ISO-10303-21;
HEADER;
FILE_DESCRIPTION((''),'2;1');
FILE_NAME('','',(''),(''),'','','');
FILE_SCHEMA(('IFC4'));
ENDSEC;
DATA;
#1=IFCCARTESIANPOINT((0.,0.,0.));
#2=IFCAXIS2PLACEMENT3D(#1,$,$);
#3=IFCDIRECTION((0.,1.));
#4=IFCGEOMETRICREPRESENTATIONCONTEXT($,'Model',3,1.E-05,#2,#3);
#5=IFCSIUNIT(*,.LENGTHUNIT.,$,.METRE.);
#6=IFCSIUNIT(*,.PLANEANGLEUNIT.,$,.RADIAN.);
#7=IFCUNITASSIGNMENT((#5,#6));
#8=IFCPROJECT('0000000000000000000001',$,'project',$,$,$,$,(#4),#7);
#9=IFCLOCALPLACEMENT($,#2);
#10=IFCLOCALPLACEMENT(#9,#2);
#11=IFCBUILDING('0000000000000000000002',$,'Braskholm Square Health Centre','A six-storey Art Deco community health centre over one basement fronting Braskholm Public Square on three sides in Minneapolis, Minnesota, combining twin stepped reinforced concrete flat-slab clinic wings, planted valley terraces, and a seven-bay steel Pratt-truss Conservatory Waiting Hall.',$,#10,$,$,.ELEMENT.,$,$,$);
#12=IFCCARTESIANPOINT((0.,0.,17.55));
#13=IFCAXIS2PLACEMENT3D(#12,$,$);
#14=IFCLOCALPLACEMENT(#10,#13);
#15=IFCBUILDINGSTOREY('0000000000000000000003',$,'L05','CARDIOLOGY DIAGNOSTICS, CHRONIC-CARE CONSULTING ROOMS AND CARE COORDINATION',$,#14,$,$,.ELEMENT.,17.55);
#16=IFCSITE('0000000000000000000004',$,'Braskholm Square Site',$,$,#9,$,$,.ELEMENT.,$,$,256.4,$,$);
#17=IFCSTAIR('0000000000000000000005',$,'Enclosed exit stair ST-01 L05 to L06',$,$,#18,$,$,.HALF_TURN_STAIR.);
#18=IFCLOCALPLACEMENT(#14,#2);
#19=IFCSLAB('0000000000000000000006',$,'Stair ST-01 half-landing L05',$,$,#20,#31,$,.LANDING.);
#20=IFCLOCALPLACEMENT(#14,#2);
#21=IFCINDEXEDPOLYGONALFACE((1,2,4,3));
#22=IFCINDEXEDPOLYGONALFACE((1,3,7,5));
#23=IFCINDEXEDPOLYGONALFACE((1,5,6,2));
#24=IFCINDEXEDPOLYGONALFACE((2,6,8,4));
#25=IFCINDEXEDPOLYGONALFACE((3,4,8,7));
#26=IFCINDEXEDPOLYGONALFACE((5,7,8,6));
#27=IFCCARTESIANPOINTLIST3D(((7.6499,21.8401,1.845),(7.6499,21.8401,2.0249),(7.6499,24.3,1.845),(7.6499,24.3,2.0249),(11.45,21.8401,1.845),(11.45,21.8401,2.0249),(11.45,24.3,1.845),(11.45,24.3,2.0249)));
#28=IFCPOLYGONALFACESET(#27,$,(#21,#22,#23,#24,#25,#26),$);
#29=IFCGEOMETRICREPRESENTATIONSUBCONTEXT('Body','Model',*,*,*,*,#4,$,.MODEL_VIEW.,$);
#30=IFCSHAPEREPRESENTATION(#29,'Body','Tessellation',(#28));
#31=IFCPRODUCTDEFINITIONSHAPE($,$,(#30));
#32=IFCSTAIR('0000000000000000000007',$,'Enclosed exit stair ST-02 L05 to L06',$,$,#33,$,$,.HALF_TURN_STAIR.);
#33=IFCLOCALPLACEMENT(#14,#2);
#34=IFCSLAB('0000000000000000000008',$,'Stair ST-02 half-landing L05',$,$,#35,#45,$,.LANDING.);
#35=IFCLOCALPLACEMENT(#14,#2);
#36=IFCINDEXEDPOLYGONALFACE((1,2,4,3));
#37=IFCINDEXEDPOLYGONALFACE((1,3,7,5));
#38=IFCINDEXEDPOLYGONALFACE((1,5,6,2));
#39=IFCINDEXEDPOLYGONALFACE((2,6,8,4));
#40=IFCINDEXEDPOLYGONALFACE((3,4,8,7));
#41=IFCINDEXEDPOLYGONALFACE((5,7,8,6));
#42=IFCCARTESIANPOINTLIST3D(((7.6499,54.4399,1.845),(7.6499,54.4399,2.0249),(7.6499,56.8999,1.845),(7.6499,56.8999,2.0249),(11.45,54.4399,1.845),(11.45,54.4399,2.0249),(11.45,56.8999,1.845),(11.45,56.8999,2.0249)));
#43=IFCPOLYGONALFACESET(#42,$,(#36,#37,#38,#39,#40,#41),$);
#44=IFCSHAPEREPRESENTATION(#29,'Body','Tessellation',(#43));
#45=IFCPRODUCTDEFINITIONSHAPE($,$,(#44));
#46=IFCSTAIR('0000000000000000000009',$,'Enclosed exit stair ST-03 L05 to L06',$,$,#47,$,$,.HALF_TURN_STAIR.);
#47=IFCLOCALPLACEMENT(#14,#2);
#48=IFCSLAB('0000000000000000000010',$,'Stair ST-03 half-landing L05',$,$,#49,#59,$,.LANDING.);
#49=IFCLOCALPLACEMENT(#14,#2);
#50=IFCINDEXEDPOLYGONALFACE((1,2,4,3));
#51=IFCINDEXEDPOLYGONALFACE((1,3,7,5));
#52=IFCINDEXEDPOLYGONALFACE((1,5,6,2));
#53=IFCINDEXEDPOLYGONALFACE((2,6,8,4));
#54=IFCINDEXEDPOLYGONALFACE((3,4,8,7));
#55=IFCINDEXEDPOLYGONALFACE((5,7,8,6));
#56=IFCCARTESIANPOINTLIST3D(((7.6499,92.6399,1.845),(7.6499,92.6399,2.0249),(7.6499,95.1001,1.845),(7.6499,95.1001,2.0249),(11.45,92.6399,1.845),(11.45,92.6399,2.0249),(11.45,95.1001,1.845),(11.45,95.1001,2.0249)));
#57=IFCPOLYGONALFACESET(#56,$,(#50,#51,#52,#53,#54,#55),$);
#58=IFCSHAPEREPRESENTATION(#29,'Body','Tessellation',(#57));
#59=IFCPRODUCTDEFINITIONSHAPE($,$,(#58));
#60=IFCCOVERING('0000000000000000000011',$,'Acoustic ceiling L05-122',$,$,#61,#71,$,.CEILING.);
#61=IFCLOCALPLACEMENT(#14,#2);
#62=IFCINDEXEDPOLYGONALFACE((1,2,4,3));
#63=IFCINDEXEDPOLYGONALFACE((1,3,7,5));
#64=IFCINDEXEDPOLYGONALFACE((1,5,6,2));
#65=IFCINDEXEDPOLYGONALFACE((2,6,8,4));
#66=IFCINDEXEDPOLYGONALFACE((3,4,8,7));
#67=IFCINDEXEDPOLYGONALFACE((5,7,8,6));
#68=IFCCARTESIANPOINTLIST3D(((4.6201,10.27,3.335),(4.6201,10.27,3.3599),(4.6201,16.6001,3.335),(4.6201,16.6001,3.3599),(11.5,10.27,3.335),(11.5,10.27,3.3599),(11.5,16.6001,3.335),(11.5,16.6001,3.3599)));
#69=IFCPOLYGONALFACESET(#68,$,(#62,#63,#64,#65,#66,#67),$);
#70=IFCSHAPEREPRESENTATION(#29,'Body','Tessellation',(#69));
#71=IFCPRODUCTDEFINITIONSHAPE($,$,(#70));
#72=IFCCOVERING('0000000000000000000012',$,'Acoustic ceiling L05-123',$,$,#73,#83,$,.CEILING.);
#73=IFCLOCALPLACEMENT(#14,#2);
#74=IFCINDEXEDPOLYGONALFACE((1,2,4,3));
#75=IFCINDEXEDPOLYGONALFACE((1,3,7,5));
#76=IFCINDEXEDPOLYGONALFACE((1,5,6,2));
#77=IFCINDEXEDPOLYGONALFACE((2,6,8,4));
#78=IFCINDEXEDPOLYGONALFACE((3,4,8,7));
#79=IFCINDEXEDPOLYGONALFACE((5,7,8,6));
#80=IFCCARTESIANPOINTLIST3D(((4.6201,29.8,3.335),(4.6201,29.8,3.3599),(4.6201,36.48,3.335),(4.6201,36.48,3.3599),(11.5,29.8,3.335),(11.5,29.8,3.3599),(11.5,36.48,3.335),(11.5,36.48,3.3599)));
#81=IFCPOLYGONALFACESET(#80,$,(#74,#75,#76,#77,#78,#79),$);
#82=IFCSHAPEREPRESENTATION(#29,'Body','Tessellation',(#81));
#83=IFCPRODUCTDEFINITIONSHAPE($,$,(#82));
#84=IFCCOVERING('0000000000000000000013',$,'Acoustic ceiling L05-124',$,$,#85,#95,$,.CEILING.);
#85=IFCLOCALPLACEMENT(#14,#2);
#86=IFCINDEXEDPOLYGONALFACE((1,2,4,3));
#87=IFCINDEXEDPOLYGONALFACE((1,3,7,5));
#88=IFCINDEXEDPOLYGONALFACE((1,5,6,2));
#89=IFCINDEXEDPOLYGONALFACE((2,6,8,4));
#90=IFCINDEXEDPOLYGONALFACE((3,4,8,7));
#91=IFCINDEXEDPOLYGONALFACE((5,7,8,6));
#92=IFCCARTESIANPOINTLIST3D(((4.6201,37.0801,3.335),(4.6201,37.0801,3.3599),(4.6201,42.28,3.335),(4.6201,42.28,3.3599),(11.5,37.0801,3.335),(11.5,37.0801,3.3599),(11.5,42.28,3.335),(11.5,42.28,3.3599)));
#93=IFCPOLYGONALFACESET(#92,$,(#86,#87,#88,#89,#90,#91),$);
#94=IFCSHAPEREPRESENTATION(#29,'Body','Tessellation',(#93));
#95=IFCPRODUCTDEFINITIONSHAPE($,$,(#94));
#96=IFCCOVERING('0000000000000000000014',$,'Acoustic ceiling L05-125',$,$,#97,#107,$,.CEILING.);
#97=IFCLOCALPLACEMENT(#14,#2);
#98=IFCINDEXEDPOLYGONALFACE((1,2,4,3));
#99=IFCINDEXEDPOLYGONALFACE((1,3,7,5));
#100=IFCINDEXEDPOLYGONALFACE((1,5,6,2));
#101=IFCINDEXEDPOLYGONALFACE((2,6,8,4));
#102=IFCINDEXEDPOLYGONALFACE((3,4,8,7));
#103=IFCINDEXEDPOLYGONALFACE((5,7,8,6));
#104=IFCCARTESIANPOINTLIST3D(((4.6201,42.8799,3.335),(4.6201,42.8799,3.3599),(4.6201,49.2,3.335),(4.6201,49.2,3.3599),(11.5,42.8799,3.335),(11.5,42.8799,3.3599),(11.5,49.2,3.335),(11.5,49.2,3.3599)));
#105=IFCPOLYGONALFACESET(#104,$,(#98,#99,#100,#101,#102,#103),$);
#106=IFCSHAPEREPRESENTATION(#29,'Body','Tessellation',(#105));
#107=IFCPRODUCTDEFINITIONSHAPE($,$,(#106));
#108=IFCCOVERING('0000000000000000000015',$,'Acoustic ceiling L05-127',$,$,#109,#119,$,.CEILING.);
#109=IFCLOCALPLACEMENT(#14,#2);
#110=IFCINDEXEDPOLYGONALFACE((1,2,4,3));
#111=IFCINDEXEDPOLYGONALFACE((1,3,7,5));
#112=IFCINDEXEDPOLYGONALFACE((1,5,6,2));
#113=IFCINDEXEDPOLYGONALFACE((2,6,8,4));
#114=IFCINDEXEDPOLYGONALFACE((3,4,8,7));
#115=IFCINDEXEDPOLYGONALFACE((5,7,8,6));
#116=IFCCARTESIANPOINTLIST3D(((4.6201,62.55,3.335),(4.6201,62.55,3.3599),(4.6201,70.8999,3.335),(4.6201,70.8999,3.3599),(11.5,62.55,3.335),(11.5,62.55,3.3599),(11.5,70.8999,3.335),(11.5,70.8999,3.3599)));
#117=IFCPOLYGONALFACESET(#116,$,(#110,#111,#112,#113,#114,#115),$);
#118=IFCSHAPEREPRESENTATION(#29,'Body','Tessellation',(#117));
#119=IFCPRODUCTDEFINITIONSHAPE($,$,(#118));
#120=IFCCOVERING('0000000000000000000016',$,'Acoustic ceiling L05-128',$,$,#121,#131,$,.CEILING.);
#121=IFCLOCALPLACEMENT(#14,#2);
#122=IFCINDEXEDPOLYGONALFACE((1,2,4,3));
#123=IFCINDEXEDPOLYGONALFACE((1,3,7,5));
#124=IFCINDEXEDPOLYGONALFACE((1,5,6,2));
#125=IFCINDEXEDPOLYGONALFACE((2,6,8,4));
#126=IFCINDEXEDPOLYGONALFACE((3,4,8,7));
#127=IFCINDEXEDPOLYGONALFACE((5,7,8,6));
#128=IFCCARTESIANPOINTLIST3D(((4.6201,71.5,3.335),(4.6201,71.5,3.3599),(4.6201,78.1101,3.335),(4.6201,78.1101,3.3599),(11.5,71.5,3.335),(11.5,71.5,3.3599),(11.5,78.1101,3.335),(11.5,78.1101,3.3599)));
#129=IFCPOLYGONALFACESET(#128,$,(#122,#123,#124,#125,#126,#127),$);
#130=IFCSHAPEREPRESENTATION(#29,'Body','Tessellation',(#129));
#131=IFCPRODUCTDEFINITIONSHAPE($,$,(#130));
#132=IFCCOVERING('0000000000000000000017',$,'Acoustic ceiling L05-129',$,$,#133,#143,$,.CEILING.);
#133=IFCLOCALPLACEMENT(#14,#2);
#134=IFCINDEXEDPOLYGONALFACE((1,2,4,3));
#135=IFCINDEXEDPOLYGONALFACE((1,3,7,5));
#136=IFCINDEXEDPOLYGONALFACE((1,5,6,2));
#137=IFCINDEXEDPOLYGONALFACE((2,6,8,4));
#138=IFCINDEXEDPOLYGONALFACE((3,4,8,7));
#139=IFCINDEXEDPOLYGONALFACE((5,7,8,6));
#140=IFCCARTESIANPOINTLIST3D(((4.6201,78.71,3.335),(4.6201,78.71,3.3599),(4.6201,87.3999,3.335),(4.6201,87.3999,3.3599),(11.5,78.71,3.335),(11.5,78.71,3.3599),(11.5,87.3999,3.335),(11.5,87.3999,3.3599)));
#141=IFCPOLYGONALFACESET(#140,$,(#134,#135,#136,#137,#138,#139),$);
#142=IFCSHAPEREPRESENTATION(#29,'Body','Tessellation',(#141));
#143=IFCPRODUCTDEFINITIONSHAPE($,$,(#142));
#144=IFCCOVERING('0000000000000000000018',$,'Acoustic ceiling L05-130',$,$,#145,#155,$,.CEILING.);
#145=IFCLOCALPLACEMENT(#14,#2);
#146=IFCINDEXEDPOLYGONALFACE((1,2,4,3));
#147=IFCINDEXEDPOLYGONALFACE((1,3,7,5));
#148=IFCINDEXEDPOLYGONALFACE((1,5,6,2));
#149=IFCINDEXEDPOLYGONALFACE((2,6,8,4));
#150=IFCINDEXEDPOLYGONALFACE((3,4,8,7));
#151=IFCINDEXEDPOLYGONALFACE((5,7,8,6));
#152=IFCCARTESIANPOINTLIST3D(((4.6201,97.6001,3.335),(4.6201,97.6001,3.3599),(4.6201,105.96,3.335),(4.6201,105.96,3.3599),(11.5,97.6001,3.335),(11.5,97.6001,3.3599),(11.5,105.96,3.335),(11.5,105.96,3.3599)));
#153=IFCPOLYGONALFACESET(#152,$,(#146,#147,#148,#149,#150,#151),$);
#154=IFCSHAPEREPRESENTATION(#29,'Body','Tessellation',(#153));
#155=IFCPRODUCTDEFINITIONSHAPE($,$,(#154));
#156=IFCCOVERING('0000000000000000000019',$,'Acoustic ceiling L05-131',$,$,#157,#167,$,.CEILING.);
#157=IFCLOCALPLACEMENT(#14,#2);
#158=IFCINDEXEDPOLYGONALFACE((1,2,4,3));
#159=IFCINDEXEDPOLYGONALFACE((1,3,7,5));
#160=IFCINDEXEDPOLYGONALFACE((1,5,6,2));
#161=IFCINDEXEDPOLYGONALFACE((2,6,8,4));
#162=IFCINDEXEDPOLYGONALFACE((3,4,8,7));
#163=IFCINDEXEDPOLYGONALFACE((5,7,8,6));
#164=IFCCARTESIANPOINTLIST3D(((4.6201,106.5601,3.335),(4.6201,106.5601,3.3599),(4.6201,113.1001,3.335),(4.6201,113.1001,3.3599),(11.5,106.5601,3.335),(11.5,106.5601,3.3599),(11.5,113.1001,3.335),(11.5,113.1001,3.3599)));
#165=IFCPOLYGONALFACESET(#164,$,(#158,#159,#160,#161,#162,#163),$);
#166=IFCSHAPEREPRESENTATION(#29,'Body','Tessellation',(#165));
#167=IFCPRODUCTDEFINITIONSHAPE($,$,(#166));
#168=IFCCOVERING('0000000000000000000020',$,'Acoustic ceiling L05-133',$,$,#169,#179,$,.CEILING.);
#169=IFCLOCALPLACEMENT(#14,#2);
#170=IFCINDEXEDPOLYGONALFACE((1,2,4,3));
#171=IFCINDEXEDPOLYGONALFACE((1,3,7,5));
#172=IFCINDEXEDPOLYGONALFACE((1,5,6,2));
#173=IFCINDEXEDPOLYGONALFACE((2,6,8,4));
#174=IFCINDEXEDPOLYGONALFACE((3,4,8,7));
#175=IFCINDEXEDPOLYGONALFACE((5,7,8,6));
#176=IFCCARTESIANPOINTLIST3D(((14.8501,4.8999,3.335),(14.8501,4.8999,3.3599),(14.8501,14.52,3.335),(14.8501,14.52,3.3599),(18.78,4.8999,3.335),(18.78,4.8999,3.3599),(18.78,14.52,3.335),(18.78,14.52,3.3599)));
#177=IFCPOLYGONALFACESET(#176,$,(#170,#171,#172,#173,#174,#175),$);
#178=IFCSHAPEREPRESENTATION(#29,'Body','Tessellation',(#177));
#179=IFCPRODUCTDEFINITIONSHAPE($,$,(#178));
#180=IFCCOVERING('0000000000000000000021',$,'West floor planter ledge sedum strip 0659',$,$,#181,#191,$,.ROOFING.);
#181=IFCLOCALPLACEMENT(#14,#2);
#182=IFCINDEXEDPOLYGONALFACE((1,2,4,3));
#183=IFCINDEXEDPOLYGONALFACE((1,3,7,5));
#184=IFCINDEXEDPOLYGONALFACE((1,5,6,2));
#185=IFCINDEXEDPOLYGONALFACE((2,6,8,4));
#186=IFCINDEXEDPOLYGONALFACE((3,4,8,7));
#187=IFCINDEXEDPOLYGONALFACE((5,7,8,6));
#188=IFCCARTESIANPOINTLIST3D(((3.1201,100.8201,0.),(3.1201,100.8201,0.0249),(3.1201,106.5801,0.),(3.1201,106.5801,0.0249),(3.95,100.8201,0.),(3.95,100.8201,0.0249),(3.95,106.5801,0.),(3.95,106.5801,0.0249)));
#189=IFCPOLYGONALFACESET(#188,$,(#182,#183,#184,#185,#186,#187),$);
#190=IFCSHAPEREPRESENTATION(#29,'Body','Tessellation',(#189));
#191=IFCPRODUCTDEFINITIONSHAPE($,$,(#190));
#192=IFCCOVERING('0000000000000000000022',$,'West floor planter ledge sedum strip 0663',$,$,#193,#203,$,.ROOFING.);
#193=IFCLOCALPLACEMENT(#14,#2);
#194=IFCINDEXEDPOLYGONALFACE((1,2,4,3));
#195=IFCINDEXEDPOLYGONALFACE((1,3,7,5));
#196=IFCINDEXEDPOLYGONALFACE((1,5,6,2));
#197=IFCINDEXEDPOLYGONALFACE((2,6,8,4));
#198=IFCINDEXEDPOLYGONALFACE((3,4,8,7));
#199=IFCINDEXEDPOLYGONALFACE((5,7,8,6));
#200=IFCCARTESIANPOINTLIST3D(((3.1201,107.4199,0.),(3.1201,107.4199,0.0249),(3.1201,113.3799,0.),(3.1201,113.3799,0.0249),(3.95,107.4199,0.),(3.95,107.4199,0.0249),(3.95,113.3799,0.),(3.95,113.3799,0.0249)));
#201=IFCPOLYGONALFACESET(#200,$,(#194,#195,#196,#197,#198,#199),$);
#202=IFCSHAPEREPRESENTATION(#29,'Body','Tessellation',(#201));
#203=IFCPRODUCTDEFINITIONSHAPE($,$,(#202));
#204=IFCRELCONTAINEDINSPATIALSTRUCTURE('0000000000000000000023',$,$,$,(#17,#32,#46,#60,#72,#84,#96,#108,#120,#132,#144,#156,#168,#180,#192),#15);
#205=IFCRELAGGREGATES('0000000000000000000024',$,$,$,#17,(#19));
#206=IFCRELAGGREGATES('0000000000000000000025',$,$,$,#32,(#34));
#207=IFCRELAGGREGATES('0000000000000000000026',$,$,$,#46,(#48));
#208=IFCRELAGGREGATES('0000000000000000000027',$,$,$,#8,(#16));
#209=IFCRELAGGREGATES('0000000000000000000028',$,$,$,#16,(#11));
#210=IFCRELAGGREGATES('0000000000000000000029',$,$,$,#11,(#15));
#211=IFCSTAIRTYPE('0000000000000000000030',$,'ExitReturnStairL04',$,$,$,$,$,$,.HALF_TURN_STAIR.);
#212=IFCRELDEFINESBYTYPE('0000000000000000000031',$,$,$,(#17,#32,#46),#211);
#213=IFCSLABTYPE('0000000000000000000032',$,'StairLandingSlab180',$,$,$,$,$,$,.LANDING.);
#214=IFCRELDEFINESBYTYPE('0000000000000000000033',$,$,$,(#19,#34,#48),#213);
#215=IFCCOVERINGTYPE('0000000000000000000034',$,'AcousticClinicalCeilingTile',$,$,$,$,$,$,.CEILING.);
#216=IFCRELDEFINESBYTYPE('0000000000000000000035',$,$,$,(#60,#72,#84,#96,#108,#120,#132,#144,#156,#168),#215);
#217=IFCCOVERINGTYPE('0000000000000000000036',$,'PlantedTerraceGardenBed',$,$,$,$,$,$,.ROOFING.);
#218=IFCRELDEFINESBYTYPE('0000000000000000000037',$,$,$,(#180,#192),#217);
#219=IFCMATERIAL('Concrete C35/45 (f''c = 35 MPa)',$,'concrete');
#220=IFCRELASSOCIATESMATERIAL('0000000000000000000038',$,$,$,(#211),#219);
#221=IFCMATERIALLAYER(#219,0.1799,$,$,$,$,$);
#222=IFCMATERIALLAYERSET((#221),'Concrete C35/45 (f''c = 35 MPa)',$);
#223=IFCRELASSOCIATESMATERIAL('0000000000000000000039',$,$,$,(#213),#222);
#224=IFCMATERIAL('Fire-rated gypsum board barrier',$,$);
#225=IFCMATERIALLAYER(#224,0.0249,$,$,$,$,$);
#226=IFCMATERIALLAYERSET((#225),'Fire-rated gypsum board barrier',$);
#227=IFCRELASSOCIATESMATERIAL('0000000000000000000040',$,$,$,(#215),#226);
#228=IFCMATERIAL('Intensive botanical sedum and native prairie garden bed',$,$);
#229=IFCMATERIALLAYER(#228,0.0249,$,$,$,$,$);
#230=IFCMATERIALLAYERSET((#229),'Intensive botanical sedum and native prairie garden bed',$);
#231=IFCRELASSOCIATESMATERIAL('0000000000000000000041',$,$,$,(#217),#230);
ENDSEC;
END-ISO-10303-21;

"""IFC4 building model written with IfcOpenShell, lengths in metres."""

from ifc_helpers import new_model, si_unit, direction, frame, origin, place, context, subcontext, project, spatial, polyline, outline, extrude, material, layer, layer_set, type_object, element, aggregate, save


model = new_model("IFC4")

# Units and contexts
model_context = context("Model", 3, precision=1e-05, world=origin(), true_north=direction((0.0, 1.0)))
body_context = subcontext(model_context, "Body", "Model", "MODEL_VIEW")
ifc_project = project(units=[si_unit("LENGTHUNIT", "METRE"), si_unit("PLANEANGLEUNIT", "RADIAN")], contexts=[model_context])

# Site, building, storey
site_placement = place(None, origin())
site = spatial("IfcSite", under=ifc_project, at=site_placement, Name="Braskholm Square Site", CompositionType="ELEMENT", RefElevation=256.4)
building_placement = place(site_placement, origin())
building = spatial("IfcBuilding", under=site, at=building_placement, Name="Braskholm Square Health Centre", Description="A six-storey Art Deco community health centre over one basement fronting Braskholm Public Square on three sides in Minneapolis, Minnesota, combining twin stepped reinforced concrete flat-slab clinic wings, planted valley terraces, and a seven-bay steel Pratt-truss Conservatory Waiting Hall.", CompositionType="ELEMENT")
storey_placement = place(building_placement, frame((0.0, 0.0, 17.55)))
storey = spatial("IfcBuildingStorey", under=building, at=storey_placement, Name="L05", Description="CARDIOLOGY DIAGNOSTICS, CHRONIC-CARE CONSULTING ROOMS AND CARE COORDINATION", CompositionType="ELEMENT", Elevation=17.55)

# Stairs, slabs
ifc_material_1 = material(Name="Concrete C35/45 (f'c = 35 MPa)", Category="concrete")
stair_type = type_object("IfcStairType", Name="ExitReturnStairL04", PredefinedType="HALF_TURN_STAIR", material=ifc_material_1)
stair_1_placement = place(storey_placement, origin())
stair_1 = element("IfcStair", 1, at=stair_1_placement, inside=storey, type_object=stair_type, Name="Enclosed exit stair ST-01 L05 to L06", PredefinedType="HALF_TURN_STAIR")
ifc_layer_1 = layer(ifc_material_1, 0.1799)
ifc_layer_set_1 = layer_set([ifc_layer_1], Name="Concrete C35/45 (f'c = 35 MPa)")
slab_type = type_object("IfcSlabType", Name="StairLandingSlab180", PredefinedType="LANDING", material=ifc_layer_set_1)
slab_1_placement = place(storey_placement, frame((0.0, 0.0, 1.845)))
slab_1 = element("IfcSlab", 2, at=slab_1_placement, type_object=slab_type, Name="Stair ST-01 half-landing L05", PredefinedType="LANDING", context=body_context, shape_type="SweptSolid", body=[
    extrude(outline(polyline([(7.6499, 21.8401), (11.45, 21.8401), (11.45, 24.3), (7.6499, 24.3), (7.6499, 21.8401)])), origin(), (0.0, 0.0, 1.0), 0.1799),
])
aggregate(stair_1, [slab_1])
stair_2_placement = place(storey_placement, origin())
stair_2 = element("IfcStair", 3, at=stair_2_placement, inside=storey, type_object=stair_type, Name="Enclosed exit stair ST-02 L05 to L06", PredefinedType="HALF_TURN_STAIR")
slab_2_placement = place(storey_placement, frame((0.0, 0.0, 1.845)))
slab_2 = element("IfcSlab", 4, at=slab_2_placement, type_object=slab_type, Name="Stair ST-02 half-landing L05", PredefinedType="LANDING", context=body_context, shape_type="SweptSolid", body=[
    extrude(outline(polyline([(7.6499, 54.4399), (11.45, 54.4399), (11.45, 56.8999), (7.6499, 56.8999), (7.6499, 54.4399)])), origin(), (0.0, 0.0, 1.0), 0.1799),
])
aggregate(stair_2, [slab_2])
stair_3_placement = place(storey_placement, origin())
stair_3 = element("IfcStair", 5, at=stair_3_placement, inside=storey, type_object=stair_type, Name="Enclosed exit stair ST-03 L05 to L06", PredefinedType="HALF_TURN_STAIR")
slab_3_placement = place(storey_placement, frame((0.0, 0.0, 1.845)))
slab_3 = element("IfcSlab", 6, at=slab_3_placement, type_object=slab_type, Name="Stair ST-03 half-landing L05", PredefinedType="LANDING", context=body_context, shape_type="SweptSolid", body=[
    extrude(outline(polyline([(7.6499, 92.6399), (11.45, 92.6399), (11.45, 95.1001), (7.6499, 95.1001), (7.6499, 92.6399)])), origin(), (0.0, 0.0, 1.0), 0.1799),
])
aggregate(stair_3, [slab_3])

# Coverings
ifc_material_2 = material(Name="Fire-rated gypsum board barrier")
ifc_layer_2 = layer(ifc_material_2, 0.0249)
ifc_layer_set_2 = layer_set([ifc_layer_2], Name="Fire-rated gypsum board barrier")
covering_type_1 = type_object("IfcCoveringType", Name="AcousticClinicalCeilingTile", PredefinedType="CEILING", material=ifc_layer_set_2)
covering_1_placement = place(storey_placement, frame((0.0, 0.0, 3.335)))
element("IfcCovering", 7, at=covering_1_placement, inside=storey, type_object=covering_type_1, Name="Acoustic ceiling L05-122", PredefinedType="CEILING", context=body_context, shape_type="SweptSolid", body=[
    extrude(outline(polyline([(4.6201, 10.27), (11.5, 10.27), (11.5, 16.6001), (4.6201, 16.6001), (4.6201, 10.27)])), origin(), (0.0, 0.0, 1.0), 0.0249),
])
covering_2_placement = place(storey_placement, frame((0.0, 0.0, 3.335)))
element("IfcCovering", 8, at=covering_2_placement, inside=storey, type_object=covering_type_1, Name="Acoustic ceiling L05-123", PredefinedType="CEILING", context=body_context, shape_type="SweptSolid", body=[
    extrude(outline(polyline([(4.6201, 29.8), (11.5, 29.8), (11.5, 36.48), (4.6201, 36.48), (4.6201, 29.8)])), origin(), (0.0, 0.0, 1.0), 0.0249),
])
covering_3_placement = place(storey_placement, frame((0.0, 0.0, 3.335)))
element("IfcCovering", 9, at=covering_3_placement, inside=storey, type_object=covering_type_1, Name="Acoustic ceiling L05-124", PredefinedType="CEILING", context=body_context, shape_type="SweptSolid", body=[
    extrude(outline(polyline([(4.6201, 37.0801), (11.5, 37.0801), (11.5, 42.28), (4.6201, 42.28), (4.6201, 37.0801)])), origin(), (0.0, 0.0, 1.0), 0.0249),
])
covering_4_placement = place(storey_placement, frame((0.0, 0.0, 3.335)))
element("IfcCovering", 10, at=covering_4_placement, inside=storey, type_object=covering_type_1, Name="Acoustic ceiling L05-125", PredefinedType="CEILING", context=body_context, shape_type="SweptSolid", body=[
    extrude(outline(polyline([(4.6201, 42.8799), (11.5, 42.8799), (11.5, 49.2), (4.6201, 49.2), (4.6201, 42.8799)])), origin(), (0.0, 0.0, 1.0), 0.0249),
])
covering_5_placement = place(storey_placement, frame((0.0, 0.0, 3.335)))
element("IfcCovering", 11, at=covering_5_placement, inside=storey, type_object=covering_type_1, Name="Acoustic ceiling L05-127", PredefinedType="CEILING", context=body_context, shape_type="SweptSolid", body=[
    extrude(outline(polyline([(4.6201, 62.55), (11.5, 62.55), (11.5, 70.8999), (4.6201, 70.8999), (4.6201, 62.55)])), origin(), (0.0, 0.0, 1.0), 0.0249),
])
covering_6_placement = place(storey_placement, frame((0.0, 0.0, 3.335)))
element("IfcCovering", 12, at=covering_6_placement, inside=storey, type_object=covering_type_1, Name="Acoustic ceiling L05-128", PredefinedType="CEILING", context=body_context, shape_type="SweptSolid", body=[
    extrude(outline(polyline([(4.6201, 71.5), (11.5, 71.5), (11.5, 78.1101), (4.6201, 78.1101), (4.6201, 71.5)])), origin(), (0.0, 0.0, 1.0), 0.0249),
])
covering_7_placement = place(storey_placement, frame((0.0, 0.0, 3.335)))
element("IfcCovering", 13, at=covering_7_placement, inside=storey, type_object=covering_type_1, Name="Acoustic ceiling L05-129", PredefinedType="CEILING", context=body_context, shape_type="SweptSolid", body=[
    extrude(outline(polyline([(4.6201, 78.71), (11.5, 78.71), (11.5, 87.3999), (4.6201, 87.3999), (4.6201, 78.71)])), origin(), (0.0, 0.0, 1.0), 0.0249),
])
covering_8_placement = place(storey_placement, frame((0.0, 0.0, 3.335)))
element("IfcCovering", 14, at=covering_8_placement, inside=storey, type_object=covering_type_1, Name="Acoustic ceiling L05-130", PredefinedType="CEILING", context=body_context, shape_type="SweptSolid", body=[
    extrude(outline(polyline([(4.6201, 97.6001), (11.5, 97.6001), (11.5, 105.96), (4.6201, 105.96), (4.6201, 97.6001)])), origin(), (0.0, 0.0, 1.0), 0.0249),
])
covering_9_placement = place(storey_placement, frame((0.0, 0.0, 3.335)))
element("IfcCovering", 15, at=covering_9_placement, inside=storey, type_object=covering_type_1, Name="Acoustic ceiling L05-131", PredefinedType="CEILING", context=body_context, shape_type="SweptSolid", body=[
    extrude(outline(polyline([(4.6201, 106.5601), (11.5, 106.5601), (11.5, 113.1001), (4.6201, 113.1001), (4.6201, 106.5601)])), origin(), (0.0, 0.0, 1.0), 0.0249),
])
covering_10_placement = place(storey_placement, frame((0.0, 0.0, 3.335)))
element("IfcCovering", 16, at=covering_10_placement, inside=storey, type_object=covering_type_1, Name="Acoustic ceiling L05-133", PredefinedType="CEILING", context=body_context, shape_type="SweptSolid", body=[
    extrude(outline(polyline([(14.8501, 4.8999), (18.78, 4.8999), (18.78, 14.52), (14.8501, 14.52), (14.8501, 4.8999)])), origin(), (0.0, 0.0, 1.0), 0.0249),
])
ifc_material_3 = material(Name="Intensive botanical sedum and native prairie garden bed")
ifc_layer_3 = layer(ifc_material_3, 0.0249)
ifc_layer_set_3 = layer_set([ifc_layer_3], Name="Intensive botanical sedum and native prairie garden bed")
covering_type_2 = type_object("IfcCoveringType", Name="PlantedTerraceGardenBed", PredefinedType="ROOFING", material=ifc_layer_set_3)
covering_11_placement = place(storey_placement, origin())
element("IfcCovering", 17, at=covering_11_placement, inside=storey, type_object=covering_type_2, Name="West floor planter ledge sedum strip 0659", PredefinedType="ROOFING", context=body_context, shape_type="SweptSolid", body=[
    extrude(outline(polyline([(3.1201, 100.8201), (3.95, 100.8201), (3.95, 106.5801), (3.1201, 106.5801), (3.1201, 100.8201)])), origin(), (0.0, 0.0, 1.0), 0.0249),
])
covering_12_placement = place(storey_placement, origin())
element("IfcCovering", 18, at=covering_12_placement, inside=storey, type_object=covering_type_2, Name="West floor planter ledge sedum strip 0663", PredefinedType="ROOFING", context=body_context, shape_type="SweptSolid", body=[
    extrude(outline(polyline([(3.1201, 107.4199), (3.95, 107.4199), (3.95, 113.3799), (3.1201, 113.3799), (3.1201, 107.4199)])), origin(), (0.0, 0.0, 1.0), 0.0249),
])

save(model, "model.ifc")
